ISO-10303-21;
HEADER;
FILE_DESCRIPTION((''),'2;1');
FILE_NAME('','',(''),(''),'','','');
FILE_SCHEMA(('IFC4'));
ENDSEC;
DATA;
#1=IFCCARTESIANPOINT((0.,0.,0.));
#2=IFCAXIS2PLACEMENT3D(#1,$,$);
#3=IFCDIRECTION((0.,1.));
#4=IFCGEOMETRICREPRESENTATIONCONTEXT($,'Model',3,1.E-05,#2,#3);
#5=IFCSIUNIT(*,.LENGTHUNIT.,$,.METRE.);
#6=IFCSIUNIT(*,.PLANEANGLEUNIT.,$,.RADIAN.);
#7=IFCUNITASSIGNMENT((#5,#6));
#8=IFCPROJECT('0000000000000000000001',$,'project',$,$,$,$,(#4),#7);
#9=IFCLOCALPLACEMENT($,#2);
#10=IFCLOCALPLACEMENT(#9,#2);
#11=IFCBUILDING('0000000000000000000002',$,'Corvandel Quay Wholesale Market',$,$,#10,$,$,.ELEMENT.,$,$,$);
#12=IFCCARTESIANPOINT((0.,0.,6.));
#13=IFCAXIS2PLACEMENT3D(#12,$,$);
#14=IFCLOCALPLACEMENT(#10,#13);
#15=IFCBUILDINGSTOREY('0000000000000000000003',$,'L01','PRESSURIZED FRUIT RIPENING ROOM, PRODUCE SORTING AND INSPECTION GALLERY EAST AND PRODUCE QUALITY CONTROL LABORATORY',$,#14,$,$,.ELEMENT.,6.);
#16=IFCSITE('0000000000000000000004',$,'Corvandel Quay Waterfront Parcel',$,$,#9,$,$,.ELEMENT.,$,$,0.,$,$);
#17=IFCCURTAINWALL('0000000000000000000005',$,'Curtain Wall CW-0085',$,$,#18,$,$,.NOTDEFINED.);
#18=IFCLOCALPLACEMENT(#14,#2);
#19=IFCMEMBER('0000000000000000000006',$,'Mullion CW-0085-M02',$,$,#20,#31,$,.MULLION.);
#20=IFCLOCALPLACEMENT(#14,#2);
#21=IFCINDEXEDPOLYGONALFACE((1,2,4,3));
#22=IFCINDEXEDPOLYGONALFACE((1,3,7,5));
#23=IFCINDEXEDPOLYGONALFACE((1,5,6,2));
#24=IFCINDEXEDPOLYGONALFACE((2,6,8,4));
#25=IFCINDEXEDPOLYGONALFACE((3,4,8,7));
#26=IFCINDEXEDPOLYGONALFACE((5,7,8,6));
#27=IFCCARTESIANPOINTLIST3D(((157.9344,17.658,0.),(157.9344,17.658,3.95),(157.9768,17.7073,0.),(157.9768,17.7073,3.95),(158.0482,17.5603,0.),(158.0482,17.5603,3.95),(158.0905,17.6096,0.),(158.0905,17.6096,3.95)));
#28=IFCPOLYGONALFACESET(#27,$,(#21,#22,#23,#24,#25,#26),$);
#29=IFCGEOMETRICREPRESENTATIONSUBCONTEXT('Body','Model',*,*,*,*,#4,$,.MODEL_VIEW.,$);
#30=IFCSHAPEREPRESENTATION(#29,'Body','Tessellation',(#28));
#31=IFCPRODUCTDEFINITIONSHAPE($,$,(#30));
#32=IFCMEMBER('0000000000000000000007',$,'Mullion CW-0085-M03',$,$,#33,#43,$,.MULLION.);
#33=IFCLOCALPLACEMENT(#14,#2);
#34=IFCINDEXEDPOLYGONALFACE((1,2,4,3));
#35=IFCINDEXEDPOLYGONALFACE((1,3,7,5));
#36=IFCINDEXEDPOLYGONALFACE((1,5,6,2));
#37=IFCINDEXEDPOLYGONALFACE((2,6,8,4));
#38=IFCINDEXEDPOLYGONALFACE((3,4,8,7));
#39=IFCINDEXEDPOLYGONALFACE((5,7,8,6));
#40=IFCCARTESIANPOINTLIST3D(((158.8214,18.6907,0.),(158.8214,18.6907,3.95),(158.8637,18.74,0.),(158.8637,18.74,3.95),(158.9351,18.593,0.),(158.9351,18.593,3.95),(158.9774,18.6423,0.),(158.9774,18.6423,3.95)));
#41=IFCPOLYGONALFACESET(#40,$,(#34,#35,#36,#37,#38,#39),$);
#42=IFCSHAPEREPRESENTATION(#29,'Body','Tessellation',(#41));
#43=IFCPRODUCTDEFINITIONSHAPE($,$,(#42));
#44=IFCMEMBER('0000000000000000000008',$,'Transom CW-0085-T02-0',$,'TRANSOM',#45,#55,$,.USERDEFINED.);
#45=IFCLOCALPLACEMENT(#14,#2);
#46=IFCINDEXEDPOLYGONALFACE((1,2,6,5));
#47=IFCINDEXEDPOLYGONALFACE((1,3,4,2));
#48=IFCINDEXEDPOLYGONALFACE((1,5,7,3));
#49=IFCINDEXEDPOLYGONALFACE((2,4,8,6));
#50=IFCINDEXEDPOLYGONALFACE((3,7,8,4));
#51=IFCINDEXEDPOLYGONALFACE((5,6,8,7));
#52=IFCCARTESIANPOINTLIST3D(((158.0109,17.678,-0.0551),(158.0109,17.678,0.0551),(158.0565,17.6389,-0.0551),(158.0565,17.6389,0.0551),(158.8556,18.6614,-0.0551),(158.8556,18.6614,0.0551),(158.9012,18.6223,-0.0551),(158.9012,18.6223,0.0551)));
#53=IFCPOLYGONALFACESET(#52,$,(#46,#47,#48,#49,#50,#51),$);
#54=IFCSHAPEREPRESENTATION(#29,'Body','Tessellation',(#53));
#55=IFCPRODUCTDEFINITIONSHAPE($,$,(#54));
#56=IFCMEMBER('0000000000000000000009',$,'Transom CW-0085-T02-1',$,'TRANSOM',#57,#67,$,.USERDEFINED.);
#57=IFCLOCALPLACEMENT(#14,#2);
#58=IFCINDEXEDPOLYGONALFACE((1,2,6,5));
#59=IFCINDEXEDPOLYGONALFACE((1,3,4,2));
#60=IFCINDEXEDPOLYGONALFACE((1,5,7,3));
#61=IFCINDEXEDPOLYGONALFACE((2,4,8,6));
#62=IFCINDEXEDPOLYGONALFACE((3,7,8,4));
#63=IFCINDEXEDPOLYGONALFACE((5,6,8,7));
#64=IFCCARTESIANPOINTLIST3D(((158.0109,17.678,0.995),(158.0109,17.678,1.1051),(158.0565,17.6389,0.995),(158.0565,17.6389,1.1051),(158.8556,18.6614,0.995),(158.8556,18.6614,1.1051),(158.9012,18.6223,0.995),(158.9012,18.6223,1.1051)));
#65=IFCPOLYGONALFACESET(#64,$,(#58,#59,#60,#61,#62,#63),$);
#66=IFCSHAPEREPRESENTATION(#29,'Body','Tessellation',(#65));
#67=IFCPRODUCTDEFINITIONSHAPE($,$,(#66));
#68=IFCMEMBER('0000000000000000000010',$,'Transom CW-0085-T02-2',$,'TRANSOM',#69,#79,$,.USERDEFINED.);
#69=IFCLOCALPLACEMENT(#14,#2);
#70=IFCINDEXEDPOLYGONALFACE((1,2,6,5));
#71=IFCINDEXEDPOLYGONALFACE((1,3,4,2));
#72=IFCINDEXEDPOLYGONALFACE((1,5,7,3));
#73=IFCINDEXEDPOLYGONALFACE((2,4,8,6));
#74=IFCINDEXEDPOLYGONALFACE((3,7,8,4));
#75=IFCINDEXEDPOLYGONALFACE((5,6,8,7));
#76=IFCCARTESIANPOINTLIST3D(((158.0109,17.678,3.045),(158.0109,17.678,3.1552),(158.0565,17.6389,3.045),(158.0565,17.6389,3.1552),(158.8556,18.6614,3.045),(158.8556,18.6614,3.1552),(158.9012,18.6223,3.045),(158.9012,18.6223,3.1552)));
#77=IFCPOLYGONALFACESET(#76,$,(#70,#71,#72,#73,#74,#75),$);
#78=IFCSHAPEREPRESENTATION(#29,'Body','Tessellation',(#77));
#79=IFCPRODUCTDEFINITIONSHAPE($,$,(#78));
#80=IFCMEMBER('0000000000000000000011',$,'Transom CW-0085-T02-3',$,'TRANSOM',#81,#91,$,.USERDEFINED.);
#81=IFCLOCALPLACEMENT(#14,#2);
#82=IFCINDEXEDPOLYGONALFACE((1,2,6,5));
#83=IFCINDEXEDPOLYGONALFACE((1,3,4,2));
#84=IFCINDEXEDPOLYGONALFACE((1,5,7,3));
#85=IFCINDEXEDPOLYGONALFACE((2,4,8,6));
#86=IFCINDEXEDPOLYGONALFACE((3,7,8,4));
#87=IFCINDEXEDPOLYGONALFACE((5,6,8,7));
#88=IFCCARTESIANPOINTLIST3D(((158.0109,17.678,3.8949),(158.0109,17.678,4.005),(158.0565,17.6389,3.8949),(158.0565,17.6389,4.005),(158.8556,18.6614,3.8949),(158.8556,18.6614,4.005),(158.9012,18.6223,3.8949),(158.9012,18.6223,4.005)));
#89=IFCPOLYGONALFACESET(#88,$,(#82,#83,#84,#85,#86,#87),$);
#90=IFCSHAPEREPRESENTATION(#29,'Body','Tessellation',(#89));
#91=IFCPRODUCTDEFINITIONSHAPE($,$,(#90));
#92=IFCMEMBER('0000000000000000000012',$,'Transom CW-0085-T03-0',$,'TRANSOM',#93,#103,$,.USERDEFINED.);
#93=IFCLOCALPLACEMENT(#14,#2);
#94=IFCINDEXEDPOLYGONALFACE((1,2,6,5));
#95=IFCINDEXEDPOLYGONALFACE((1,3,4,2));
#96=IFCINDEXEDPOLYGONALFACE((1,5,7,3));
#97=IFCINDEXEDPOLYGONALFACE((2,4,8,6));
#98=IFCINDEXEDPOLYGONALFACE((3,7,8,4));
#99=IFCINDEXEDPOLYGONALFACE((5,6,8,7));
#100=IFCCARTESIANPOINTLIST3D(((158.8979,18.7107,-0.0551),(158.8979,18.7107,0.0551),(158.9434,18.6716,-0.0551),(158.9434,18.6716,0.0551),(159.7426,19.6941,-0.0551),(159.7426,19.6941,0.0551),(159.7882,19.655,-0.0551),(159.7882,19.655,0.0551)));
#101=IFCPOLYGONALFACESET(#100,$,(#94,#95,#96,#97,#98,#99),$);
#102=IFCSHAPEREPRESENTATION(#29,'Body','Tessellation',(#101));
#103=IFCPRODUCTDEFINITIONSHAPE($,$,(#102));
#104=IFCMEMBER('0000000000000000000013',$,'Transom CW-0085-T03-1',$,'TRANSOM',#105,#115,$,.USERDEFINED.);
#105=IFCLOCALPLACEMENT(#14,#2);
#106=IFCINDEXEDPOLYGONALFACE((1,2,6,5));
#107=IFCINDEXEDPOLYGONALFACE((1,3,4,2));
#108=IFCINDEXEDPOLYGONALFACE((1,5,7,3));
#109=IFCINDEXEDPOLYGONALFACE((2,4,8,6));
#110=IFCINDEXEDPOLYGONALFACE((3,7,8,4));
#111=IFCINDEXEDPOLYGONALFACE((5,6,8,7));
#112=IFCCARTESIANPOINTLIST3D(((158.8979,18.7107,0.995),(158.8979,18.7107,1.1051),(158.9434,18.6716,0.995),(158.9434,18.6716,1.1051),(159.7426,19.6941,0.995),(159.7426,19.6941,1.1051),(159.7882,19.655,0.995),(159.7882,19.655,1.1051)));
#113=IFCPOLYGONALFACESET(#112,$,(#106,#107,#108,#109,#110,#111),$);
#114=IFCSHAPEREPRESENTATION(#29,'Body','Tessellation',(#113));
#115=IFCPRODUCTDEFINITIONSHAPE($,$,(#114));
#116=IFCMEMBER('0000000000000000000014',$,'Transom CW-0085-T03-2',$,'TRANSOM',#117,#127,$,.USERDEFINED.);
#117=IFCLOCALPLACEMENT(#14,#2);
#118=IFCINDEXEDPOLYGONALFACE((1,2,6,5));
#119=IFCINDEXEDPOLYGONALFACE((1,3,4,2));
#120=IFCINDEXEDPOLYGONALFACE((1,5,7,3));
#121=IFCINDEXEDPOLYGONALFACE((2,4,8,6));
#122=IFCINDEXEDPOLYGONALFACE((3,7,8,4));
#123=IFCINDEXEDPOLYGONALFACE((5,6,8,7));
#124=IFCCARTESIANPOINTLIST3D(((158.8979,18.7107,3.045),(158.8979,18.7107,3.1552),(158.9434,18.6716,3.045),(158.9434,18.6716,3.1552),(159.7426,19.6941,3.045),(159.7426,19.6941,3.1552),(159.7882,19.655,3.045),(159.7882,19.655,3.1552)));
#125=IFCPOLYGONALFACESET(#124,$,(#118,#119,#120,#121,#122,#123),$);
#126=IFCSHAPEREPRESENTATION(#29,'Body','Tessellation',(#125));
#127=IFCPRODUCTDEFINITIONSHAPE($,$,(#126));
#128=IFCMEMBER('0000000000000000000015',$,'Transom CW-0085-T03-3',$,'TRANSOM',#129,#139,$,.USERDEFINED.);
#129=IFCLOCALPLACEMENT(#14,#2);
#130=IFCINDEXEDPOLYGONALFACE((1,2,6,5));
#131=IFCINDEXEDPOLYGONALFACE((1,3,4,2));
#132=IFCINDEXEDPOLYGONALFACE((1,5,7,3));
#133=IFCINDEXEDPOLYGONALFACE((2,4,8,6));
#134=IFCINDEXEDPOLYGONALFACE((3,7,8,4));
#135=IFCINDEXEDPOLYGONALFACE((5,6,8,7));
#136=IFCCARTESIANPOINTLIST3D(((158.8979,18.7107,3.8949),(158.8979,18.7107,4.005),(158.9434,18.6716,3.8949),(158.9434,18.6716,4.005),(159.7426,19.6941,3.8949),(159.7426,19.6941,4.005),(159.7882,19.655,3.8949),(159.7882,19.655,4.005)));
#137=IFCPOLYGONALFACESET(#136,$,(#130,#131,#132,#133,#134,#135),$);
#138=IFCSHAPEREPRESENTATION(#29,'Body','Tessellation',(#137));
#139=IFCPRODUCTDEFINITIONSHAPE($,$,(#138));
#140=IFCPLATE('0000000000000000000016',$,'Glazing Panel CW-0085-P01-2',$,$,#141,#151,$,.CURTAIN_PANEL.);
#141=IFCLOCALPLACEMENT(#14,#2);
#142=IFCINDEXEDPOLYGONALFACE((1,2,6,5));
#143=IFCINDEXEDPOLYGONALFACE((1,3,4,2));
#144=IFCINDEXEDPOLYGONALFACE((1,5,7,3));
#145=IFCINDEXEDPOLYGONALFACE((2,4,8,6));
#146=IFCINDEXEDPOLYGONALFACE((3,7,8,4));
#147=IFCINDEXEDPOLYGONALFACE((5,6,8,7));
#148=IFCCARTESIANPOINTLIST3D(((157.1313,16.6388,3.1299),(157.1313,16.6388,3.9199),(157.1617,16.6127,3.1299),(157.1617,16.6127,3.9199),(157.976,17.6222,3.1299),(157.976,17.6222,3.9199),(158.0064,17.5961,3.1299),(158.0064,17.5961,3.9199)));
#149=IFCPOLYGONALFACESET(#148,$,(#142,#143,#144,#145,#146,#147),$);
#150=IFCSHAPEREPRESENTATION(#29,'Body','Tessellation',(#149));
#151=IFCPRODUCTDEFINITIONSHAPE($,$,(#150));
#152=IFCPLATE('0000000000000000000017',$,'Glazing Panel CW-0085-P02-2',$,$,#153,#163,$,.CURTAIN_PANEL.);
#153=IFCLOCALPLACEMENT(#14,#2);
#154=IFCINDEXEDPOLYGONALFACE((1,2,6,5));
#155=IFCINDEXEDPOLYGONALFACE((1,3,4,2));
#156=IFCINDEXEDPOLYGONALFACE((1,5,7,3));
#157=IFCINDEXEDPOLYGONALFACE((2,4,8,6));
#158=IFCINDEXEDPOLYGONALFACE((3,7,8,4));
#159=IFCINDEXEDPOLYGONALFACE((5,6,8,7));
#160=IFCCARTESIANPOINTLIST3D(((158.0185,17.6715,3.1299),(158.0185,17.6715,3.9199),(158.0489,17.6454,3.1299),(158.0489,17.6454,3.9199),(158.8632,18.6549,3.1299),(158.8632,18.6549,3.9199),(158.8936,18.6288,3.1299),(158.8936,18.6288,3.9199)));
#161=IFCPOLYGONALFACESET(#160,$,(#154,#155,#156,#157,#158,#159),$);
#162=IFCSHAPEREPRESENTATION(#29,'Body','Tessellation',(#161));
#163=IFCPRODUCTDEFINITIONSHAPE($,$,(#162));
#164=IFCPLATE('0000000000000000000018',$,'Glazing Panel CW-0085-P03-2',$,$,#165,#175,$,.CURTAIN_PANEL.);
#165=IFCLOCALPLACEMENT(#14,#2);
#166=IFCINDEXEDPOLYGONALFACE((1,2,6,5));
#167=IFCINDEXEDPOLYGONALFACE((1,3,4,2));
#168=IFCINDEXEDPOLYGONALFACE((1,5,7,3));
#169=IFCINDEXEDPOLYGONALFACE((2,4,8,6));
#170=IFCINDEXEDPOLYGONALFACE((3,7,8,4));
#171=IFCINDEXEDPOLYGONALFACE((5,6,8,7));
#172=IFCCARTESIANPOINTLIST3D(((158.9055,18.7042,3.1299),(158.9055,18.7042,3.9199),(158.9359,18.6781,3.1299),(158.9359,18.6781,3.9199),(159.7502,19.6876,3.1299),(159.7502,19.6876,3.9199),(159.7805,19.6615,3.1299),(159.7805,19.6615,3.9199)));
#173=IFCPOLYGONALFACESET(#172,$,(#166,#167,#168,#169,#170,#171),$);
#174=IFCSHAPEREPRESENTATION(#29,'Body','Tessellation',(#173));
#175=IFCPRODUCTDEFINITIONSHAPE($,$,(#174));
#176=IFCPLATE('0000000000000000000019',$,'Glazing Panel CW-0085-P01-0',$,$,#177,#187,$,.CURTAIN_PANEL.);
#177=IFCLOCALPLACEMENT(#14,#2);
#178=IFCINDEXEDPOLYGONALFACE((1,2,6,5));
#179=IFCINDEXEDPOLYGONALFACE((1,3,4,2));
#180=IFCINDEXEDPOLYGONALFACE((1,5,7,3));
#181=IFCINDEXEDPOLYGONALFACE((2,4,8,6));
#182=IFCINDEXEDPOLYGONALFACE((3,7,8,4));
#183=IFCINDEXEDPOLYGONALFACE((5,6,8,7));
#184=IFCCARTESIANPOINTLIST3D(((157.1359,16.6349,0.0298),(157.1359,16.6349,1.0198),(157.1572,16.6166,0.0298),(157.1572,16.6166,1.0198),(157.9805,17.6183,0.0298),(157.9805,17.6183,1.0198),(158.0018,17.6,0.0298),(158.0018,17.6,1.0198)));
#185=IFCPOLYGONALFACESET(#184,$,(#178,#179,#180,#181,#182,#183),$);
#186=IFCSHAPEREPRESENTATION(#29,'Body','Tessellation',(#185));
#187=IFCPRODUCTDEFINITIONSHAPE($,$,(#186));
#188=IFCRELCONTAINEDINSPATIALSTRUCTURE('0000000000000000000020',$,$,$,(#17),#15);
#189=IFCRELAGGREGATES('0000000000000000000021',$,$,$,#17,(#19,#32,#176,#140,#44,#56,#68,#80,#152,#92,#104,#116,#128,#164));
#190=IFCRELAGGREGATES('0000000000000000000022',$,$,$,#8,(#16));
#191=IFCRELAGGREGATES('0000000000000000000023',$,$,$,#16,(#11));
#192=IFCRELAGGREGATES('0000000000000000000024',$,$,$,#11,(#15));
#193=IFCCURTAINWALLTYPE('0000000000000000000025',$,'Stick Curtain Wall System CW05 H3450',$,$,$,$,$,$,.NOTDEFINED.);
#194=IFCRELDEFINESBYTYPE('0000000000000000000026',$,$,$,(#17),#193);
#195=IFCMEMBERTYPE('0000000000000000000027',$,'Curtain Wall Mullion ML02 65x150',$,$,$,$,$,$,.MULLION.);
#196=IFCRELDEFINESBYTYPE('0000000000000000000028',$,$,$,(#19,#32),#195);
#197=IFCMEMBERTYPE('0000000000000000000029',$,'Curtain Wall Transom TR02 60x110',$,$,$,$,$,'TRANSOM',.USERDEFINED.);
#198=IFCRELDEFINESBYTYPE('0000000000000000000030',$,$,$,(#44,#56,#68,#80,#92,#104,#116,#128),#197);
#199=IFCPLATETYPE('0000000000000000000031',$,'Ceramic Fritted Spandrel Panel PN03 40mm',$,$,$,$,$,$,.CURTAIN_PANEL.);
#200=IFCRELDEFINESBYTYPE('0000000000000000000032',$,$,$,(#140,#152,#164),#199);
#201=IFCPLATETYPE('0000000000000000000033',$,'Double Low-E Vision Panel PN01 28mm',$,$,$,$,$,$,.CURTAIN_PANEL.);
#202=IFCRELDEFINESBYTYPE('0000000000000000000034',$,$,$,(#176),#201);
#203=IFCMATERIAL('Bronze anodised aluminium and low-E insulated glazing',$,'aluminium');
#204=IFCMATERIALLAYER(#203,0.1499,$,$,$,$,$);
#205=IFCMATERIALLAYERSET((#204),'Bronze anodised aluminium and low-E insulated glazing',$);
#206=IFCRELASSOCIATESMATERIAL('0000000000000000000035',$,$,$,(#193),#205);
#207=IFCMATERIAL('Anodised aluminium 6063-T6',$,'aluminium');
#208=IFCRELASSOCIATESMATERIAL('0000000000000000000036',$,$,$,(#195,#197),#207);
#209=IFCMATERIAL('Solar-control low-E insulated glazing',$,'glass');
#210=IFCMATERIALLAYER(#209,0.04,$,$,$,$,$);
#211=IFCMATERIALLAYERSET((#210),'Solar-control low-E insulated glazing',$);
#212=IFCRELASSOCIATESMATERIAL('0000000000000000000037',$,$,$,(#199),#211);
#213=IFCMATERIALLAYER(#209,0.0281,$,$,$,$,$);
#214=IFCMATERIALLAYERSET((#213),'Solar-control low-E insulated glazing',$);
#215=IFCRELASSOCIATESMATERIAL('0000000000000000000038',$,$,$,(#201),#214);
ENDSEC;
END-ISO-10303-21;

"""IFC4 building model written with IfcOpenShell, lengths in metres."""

from ifc_helpers import new_model, si_unit, direction, frame, origin, origin_2d, place, context, subcontext, project, spatial, rectangle, extrude, material, layer, layer_set, material_profile, profile_set, type_object, element, aggregate, save


model = new_model("IFC4")

# Units and contexts
model_context = context("Model", 3, precision=1e-05, world=origin(), true_north=direction((0.0, 1.0)))
body_context = subcontext(model_context, "Body", "Model", "MODEL_VIEW")
ifc_project = project(units=[si_unit("LENGTHUNIT", "METRE"), si_unit("PLANEANGLEUNIT", "RADIAN")], contexts=[model_context])

# Site, building, storey
site_placement = place(None, origin())
site = spatial("IfcSite", under=ifc_project, at=site_placement, Name="Corvandel Quay Waterfront Parcel", CompositionType="ELEMENT", RefElevation=0.0)
building_placement = place(site_placement, origin())
building = spatial("IfcBuilding", under=site, at=building_placement, Name="Corvandel Quay Wholesale Market", CompositionType="ELEMENT")
storey_placement = place(building_placement, frame((0.0, 0.0, 6.0)))
storey = spatial("IfcBuildingStorey", under=building, at=storey_placement, Name="L01", Description="PRESSURIZED FRUIT RIPENING ROOM, PRODUCE SORTING AND INSPECTION GALLERY EAST AND PRODUCE QUALITY CONTROL LABORATORY", CompositionType="ELEMENT", Elevation=6.0)

# Curtain wall, members, plates
ifc_material_1 = material(Name="Bronze anodised aluminium and low-E insulated glazing", Category="aluminium")
ifc_layer_1 = layer(ifc_material_1, 0.1499)
ifc_layer_set_1 = layer_set([ifc_layer_1], Name="Bronze anodised aluminium and low-E insulated glazing")
curtain_wall_type = type_object("IfcCurtainWallType", Name="Stick Curtain Wall System CW05 H3450", PredefinedType="NOTDEFINED", material=ifc_layer_set_1)
curtain_wall_placement = place(storey_placement, origin())
curtain_wall = element("IfcCurtainWall", 1, at=curtain_wall_placement, inside=storey, type_object=curtain_wall_type, Name="Curtain Wall CW-0085", PredefinedType="NOTDEFINED")
ifc_material_2 = material(Name="Anodised aluminium 6063-T6", Category="aluminium")
ifc_material_profile_1 = material_profile(ifc_material_2, rectangle(XDim=0.0649, YDim=0.1499, at=origin_2d()), Name="ALU-MUL-65x150")
ifc_profile_set_1 = profile_set([ifc_material_profile_1], Name="Anodised aluminium 6063-T6")
member_type_1 = type_object("IfcMemberType", Name="Curtain Wall Mullion ML02 65x150", PredefinedType="MULLION", material=ifc_profile_set_1)
member_1_placement = place(storey_placement, frame((158.0125, 17.6338, 0.0), z_axis=(0.0, 0.0, 1.0), x_axis=(0.651569, 0.758589, 0.0)))
member_1 = element("IfcMember", 2, at=member_1_placement, type_object=member_type_1, Name="Mullion CW-0085-M02", PredefinedType="MULLION", context=body_context, shape_type="SweptSolid", body=[
    extrude(rectangle(XDim=0.0649, YDim=0.1499, at=origin_2d()), origin(), (0.0, 0.0, 1.0), 3.95),
])
member_2_placement = place(storey_placement, frame((158.8994, 18.6665, 0.0), z_axis=(0.0, 0.0, 1.0), x_axis=(0.651569, 0.758589, 0.0)))
member_2 = element("IfcMember", 3, at=member_2_placement, type_object=member_type_1, Name="Mullion CW-0085-M03", PredefinedType="MULLION", context=body_context, shape_type="SweptSolid", body=[
    extrude(rectangle(XDim=0.0649, YDim=0.1499, at=origin_2d()), origin(), (0.0, 0.0, 1.0), 3.95),
])
ifc_material_profile_2 = material_profile(ifc_material_2, rectangle(XDim=0.0601, YDim=0.1101, at=origin_2d()), Name="ALU-TRN-60x110")
ifc_profile_set_2 = profile_set([ifc_material_profile_2], Name="Anodised aluminium 6063-T6")
member_type_2 = type_object("IfcMemberType", Name="Curtain Wall Transom TR02 60x110", ElementType="TRANSOM", PredefinedType="USERDEFINED", material=ifc_profile_set_2)
member_3_placement = place(storey_placement, frame((158.0337, 17.6584, 0.0), z_axis=(0.651597, 0.758565, 0.0), x_axis=(-0.758565, 0.651597, 0.0)))
member_3 = element("IfcMember", 4, at=member_3_placement, type_object=member_type_2, Name="Transom CW-0085-T02-0", ObjectType="TRANSOM", PredefinedType="USERDEFINED", context=body_context, shape_type="SweptSolid", body=[
    extrude(rectangle(XDim=0.0601, YDim=0.1101, at=origin_2d()), origin(), (0.0, 0.0, 1.0), 1.2964),
])
member_4_placement = place(storey_placement, frame((158.0337, 17.6584, 1.05), z_axis=(0.651597, 0.758565, 0.0), x_axis=(-0.758565, 0.651597, 0.0)))
member_4 = element("IfcMember", 5, at=member_4_placement, type_object=member_type_2, Name="Transom CW-0085-T02-1", ObjectType="TRANSOM", PredefinedType="USERDEFINED", context=body_context, shape_type="SweptSolid", body=[
    extrude(rectangle(XDim=0.0601, YDim=0.1101, at=origin_2d()), origin(), (0.0, 0.0, 1.0), 1.2964),
])
member_5_placement = place(storey_placement, frame((158.0337, 17.6584, 3.1001), z_axis=(0.651597, 0.758565, 0.0), x_axis=(-0.758565, 0.651597, 0.0)))
member_5 = element("IfcMember", 6, at=member_5_placement, type_object=member_type_2, Name="Transom CW-0085-T02-2", ObjectType="TRANSOM", PredefinedType="USERDEFINED", context=body_context, shape_type="SweptSolid", body=[
    extrude(rectangle(XDim=0.0601, YDim=0.1101, at=origin_2d()), origin(), (0.0, 0.0, 1.0), 1.2964),
])
member_6_placement = place(storey_placement, frame((158.0337, 17.6584, 3.95), z_axis=(0.651597, 0.758565, 0.0), x_axis=(-0.758565, 0.651597, 0.0)))
member_6 = element("IfcMember", 7, at=member_6_placement, type_object=member_type_2, Name="Transom CW-0085-T02-3", ObjectType="TRANSOM", PredefinedType="USERDEFINED", context=body_context, shape_type="SweptSolid", body=[
    extrude(rectangle(XDim=0.0601, YDim=0.1101, at=origin_2d()), origin(), (0.0, 0.0, 1.0), 1.2964),
])
member_7_placement = place(storey_placement, frame((158.9207, 18.6912, 0.0), z_axis=(0.651597, 0.758565, 0.0), x_axis=(-0.758565, 0.651597, 0.0)))
member_7 = element("IfcMember", 8, at=member_7_placement, type_object=member_type_2, Name="Transom CW-0085-T03-0", ObjectType="TRANSOM", PredefinedType="USERDEFINED", context=body_context, shape_type="SweptSolid", body=[
    extrude(rectangle(XDim=0.0601, YDim=0.1101, at=origin_2d()), origin(), (0.0, 0.0, 1.0), 1.2964),
])
member_8_placement = place(storey_placement, frame((158.9207, 18.6912, 1.05), z_axis=(0.651597, 0.758565, 0.0), x_axis=(-0.758565, 0.651597, 0.0)))
member_8 = element("IfcMember", 9, at=member_8_placement, type_object=member_type_2, Name="Transom CW-0085-T03-1", ObjectType="TRANSOM", PredefinedType="USERDEFINED", context=body_context, shape_type="SweptSolid", body=[
    extrude(rectangle(XDim=0.0601, YDim=0.1101, at=origin_2d()), origin(), (0.0, 0.0, 1.0), 1.2964),
])
member_9_placement = place(storey_placement, frame((158.9207, 18.6912, 3.1001), z_axis=(0.651597, 0.758565, 0.0), x_axis=(-0.758565, 0.651597, 0.0)))
member_9 = element("IfcMember", 10, at=member_9_placement, type_object=member_type_2, Name="Transom CW-0085-T03-2", ObjectType="TRANSOM", PredefinedType="USERDEFINED", context=body_context, shape_type="SweptSolid", body=[
    extrude(rectangle(XDim=0.0601, YDim=0.1101, at=origin_2d()), origin(), (0.0, 0.0, 1.0), 1.2964),
])
member_10_placement = place(storey_placement, frame((158.9207, 18.6912, 3.95), z_axis=(0.651597, 0.758565, 0.0), x_axis=(-0.758565, 0.651597, 0.0)))
member_10 = element("IfcMember", 11, at=member_10_placement, type_object=member_type_2, Name="Transom CW-0085-T03-3", ObjectType="TRANSOM", PredefinedType="USERDEFINED", context=body_context, shape_type="SweptSolid", body=[
    extrude(rectangle(XDim=0.0601, YDim=0.1101, at=origin_2d()), origin(), (0.0, 0.0, 1.0), 1.2964),
])
ifc_material_3 = material(Name="Solar-control low-E insulated glazing", Category="glass")
ifc_layer_2 = layer(ifc_material_3, 0.04)
ifc_layer_set_2 = layer_set([ifc_layer_2], Name="Solar-control low-E insulated glazing")
plate_type_1 = type_object("IfcPlateType", Name="Ceramic Fritted Spandrel Panel PN03 40mm", PredefinedType="CURTAIN_PANEL", material=ifc_layer_set_2)
plate_1_placement = place(storey_placement, frame((157.5688, 17.1174, 3.1299), z_axis=(0.0, 0.0, 1.0), x_axis=(0.651569, 0.758589, 0.0)))
plate_1 = element("IfcPlate", 12, at=plate_1_placement, type_object=plate_type_1, Name="Glazing Panel CW-0085-P01-2", PredefinedType="CURTAIN_PANEL", context=body_context, shape_type="SweptSolid", body=[
    extrude(rectangle(XDim=1.2964, YDim=0.04, at=origin_2d()), origin(), (0.0, 0.0, 1.0), 0.79),
])
plate_2_placement = place(storey_placement, frame((158.4561, 18.1501, 3.1299), z_axis=(0.0, 0.0, 1.0), x_axis=(0.651569, 0.758589, 0.0)))
plate_2 = element("IfcPlate", 13, at=plate_2_placement, type_object=plate_type_1, Name="Glazing Panel CW-0085-P02-2", PredefinedType="CURTAIN_PANEL", context=body_context, shape_type="SweptSolid", body=[
    extrude(rectangle(XDim=1.2964, YDim=0.04, at=origin_2d()), origin(), (0.0, 0.0, 1.0), 0.79),
])
plate_3_placement = place(storey_placement, frame((159.343, 19.1829, 3.1299), z_axis=(0.0, 0.0, 1.0), x_axis=(0.651569, 0.758589, 0.0)))
plate_3 = element("IfcPlate", 14, at=plate_3_placement, type_object=plate_type_1, Name="Glazing Panel CW-0085-P03-2", PredefinedType="CURTAIN_PANEL", context=body_context, shape_type="SweptSolid", body=[
    extrude(rectangle(XDim=1.2964, YDim=0.04, at=origin_2d()), origin(), (0.0, 0.0, 1.0), 0.79),
])
ifc_layer_3 = layer(ifc_material_3, 0.0281)
ifc_layer_set_3 = layer_set([ifc_layer_3], Name="Solar-control low-E insulated glazing")
plate_type_2 = type_object("IfcPlateType", Name="Double Low-E Vision Panel PN01 28mm", PredefinedType="CURTAIN_PANEL", material=ifc_layer_set_3)
plate_4_placement = place(storey_placement, frame((157.5688, 17.1174, 0.0298), z_axis=(0.0, 0.0, 1.0), x_axis=(0.651569, 0.758589, 0.0)))
plate_4 = element("IfcPlate", 15, at=plate_4_placement, type_object=plate_type_2, Name="Glazing Panel CW-0085-P01-0", PredefinedType="CURTAIN_PANEL", context=body_context, shape_type="SweptSolid", body=[
    extrude(rectangle(XDim=1.2964, YDim=0.0281, at=origin_2d()), origin(), (0.0, 0.0, 1.0), 0.99),
])
aggregate(curtain_wall, [member_1, member_2, plate_4, plate_1, member_3, member_4, member_5, member_6, plate_2, member_7, member_8, member_9, member_10, plate_3])

save(model, "model.ifc")
